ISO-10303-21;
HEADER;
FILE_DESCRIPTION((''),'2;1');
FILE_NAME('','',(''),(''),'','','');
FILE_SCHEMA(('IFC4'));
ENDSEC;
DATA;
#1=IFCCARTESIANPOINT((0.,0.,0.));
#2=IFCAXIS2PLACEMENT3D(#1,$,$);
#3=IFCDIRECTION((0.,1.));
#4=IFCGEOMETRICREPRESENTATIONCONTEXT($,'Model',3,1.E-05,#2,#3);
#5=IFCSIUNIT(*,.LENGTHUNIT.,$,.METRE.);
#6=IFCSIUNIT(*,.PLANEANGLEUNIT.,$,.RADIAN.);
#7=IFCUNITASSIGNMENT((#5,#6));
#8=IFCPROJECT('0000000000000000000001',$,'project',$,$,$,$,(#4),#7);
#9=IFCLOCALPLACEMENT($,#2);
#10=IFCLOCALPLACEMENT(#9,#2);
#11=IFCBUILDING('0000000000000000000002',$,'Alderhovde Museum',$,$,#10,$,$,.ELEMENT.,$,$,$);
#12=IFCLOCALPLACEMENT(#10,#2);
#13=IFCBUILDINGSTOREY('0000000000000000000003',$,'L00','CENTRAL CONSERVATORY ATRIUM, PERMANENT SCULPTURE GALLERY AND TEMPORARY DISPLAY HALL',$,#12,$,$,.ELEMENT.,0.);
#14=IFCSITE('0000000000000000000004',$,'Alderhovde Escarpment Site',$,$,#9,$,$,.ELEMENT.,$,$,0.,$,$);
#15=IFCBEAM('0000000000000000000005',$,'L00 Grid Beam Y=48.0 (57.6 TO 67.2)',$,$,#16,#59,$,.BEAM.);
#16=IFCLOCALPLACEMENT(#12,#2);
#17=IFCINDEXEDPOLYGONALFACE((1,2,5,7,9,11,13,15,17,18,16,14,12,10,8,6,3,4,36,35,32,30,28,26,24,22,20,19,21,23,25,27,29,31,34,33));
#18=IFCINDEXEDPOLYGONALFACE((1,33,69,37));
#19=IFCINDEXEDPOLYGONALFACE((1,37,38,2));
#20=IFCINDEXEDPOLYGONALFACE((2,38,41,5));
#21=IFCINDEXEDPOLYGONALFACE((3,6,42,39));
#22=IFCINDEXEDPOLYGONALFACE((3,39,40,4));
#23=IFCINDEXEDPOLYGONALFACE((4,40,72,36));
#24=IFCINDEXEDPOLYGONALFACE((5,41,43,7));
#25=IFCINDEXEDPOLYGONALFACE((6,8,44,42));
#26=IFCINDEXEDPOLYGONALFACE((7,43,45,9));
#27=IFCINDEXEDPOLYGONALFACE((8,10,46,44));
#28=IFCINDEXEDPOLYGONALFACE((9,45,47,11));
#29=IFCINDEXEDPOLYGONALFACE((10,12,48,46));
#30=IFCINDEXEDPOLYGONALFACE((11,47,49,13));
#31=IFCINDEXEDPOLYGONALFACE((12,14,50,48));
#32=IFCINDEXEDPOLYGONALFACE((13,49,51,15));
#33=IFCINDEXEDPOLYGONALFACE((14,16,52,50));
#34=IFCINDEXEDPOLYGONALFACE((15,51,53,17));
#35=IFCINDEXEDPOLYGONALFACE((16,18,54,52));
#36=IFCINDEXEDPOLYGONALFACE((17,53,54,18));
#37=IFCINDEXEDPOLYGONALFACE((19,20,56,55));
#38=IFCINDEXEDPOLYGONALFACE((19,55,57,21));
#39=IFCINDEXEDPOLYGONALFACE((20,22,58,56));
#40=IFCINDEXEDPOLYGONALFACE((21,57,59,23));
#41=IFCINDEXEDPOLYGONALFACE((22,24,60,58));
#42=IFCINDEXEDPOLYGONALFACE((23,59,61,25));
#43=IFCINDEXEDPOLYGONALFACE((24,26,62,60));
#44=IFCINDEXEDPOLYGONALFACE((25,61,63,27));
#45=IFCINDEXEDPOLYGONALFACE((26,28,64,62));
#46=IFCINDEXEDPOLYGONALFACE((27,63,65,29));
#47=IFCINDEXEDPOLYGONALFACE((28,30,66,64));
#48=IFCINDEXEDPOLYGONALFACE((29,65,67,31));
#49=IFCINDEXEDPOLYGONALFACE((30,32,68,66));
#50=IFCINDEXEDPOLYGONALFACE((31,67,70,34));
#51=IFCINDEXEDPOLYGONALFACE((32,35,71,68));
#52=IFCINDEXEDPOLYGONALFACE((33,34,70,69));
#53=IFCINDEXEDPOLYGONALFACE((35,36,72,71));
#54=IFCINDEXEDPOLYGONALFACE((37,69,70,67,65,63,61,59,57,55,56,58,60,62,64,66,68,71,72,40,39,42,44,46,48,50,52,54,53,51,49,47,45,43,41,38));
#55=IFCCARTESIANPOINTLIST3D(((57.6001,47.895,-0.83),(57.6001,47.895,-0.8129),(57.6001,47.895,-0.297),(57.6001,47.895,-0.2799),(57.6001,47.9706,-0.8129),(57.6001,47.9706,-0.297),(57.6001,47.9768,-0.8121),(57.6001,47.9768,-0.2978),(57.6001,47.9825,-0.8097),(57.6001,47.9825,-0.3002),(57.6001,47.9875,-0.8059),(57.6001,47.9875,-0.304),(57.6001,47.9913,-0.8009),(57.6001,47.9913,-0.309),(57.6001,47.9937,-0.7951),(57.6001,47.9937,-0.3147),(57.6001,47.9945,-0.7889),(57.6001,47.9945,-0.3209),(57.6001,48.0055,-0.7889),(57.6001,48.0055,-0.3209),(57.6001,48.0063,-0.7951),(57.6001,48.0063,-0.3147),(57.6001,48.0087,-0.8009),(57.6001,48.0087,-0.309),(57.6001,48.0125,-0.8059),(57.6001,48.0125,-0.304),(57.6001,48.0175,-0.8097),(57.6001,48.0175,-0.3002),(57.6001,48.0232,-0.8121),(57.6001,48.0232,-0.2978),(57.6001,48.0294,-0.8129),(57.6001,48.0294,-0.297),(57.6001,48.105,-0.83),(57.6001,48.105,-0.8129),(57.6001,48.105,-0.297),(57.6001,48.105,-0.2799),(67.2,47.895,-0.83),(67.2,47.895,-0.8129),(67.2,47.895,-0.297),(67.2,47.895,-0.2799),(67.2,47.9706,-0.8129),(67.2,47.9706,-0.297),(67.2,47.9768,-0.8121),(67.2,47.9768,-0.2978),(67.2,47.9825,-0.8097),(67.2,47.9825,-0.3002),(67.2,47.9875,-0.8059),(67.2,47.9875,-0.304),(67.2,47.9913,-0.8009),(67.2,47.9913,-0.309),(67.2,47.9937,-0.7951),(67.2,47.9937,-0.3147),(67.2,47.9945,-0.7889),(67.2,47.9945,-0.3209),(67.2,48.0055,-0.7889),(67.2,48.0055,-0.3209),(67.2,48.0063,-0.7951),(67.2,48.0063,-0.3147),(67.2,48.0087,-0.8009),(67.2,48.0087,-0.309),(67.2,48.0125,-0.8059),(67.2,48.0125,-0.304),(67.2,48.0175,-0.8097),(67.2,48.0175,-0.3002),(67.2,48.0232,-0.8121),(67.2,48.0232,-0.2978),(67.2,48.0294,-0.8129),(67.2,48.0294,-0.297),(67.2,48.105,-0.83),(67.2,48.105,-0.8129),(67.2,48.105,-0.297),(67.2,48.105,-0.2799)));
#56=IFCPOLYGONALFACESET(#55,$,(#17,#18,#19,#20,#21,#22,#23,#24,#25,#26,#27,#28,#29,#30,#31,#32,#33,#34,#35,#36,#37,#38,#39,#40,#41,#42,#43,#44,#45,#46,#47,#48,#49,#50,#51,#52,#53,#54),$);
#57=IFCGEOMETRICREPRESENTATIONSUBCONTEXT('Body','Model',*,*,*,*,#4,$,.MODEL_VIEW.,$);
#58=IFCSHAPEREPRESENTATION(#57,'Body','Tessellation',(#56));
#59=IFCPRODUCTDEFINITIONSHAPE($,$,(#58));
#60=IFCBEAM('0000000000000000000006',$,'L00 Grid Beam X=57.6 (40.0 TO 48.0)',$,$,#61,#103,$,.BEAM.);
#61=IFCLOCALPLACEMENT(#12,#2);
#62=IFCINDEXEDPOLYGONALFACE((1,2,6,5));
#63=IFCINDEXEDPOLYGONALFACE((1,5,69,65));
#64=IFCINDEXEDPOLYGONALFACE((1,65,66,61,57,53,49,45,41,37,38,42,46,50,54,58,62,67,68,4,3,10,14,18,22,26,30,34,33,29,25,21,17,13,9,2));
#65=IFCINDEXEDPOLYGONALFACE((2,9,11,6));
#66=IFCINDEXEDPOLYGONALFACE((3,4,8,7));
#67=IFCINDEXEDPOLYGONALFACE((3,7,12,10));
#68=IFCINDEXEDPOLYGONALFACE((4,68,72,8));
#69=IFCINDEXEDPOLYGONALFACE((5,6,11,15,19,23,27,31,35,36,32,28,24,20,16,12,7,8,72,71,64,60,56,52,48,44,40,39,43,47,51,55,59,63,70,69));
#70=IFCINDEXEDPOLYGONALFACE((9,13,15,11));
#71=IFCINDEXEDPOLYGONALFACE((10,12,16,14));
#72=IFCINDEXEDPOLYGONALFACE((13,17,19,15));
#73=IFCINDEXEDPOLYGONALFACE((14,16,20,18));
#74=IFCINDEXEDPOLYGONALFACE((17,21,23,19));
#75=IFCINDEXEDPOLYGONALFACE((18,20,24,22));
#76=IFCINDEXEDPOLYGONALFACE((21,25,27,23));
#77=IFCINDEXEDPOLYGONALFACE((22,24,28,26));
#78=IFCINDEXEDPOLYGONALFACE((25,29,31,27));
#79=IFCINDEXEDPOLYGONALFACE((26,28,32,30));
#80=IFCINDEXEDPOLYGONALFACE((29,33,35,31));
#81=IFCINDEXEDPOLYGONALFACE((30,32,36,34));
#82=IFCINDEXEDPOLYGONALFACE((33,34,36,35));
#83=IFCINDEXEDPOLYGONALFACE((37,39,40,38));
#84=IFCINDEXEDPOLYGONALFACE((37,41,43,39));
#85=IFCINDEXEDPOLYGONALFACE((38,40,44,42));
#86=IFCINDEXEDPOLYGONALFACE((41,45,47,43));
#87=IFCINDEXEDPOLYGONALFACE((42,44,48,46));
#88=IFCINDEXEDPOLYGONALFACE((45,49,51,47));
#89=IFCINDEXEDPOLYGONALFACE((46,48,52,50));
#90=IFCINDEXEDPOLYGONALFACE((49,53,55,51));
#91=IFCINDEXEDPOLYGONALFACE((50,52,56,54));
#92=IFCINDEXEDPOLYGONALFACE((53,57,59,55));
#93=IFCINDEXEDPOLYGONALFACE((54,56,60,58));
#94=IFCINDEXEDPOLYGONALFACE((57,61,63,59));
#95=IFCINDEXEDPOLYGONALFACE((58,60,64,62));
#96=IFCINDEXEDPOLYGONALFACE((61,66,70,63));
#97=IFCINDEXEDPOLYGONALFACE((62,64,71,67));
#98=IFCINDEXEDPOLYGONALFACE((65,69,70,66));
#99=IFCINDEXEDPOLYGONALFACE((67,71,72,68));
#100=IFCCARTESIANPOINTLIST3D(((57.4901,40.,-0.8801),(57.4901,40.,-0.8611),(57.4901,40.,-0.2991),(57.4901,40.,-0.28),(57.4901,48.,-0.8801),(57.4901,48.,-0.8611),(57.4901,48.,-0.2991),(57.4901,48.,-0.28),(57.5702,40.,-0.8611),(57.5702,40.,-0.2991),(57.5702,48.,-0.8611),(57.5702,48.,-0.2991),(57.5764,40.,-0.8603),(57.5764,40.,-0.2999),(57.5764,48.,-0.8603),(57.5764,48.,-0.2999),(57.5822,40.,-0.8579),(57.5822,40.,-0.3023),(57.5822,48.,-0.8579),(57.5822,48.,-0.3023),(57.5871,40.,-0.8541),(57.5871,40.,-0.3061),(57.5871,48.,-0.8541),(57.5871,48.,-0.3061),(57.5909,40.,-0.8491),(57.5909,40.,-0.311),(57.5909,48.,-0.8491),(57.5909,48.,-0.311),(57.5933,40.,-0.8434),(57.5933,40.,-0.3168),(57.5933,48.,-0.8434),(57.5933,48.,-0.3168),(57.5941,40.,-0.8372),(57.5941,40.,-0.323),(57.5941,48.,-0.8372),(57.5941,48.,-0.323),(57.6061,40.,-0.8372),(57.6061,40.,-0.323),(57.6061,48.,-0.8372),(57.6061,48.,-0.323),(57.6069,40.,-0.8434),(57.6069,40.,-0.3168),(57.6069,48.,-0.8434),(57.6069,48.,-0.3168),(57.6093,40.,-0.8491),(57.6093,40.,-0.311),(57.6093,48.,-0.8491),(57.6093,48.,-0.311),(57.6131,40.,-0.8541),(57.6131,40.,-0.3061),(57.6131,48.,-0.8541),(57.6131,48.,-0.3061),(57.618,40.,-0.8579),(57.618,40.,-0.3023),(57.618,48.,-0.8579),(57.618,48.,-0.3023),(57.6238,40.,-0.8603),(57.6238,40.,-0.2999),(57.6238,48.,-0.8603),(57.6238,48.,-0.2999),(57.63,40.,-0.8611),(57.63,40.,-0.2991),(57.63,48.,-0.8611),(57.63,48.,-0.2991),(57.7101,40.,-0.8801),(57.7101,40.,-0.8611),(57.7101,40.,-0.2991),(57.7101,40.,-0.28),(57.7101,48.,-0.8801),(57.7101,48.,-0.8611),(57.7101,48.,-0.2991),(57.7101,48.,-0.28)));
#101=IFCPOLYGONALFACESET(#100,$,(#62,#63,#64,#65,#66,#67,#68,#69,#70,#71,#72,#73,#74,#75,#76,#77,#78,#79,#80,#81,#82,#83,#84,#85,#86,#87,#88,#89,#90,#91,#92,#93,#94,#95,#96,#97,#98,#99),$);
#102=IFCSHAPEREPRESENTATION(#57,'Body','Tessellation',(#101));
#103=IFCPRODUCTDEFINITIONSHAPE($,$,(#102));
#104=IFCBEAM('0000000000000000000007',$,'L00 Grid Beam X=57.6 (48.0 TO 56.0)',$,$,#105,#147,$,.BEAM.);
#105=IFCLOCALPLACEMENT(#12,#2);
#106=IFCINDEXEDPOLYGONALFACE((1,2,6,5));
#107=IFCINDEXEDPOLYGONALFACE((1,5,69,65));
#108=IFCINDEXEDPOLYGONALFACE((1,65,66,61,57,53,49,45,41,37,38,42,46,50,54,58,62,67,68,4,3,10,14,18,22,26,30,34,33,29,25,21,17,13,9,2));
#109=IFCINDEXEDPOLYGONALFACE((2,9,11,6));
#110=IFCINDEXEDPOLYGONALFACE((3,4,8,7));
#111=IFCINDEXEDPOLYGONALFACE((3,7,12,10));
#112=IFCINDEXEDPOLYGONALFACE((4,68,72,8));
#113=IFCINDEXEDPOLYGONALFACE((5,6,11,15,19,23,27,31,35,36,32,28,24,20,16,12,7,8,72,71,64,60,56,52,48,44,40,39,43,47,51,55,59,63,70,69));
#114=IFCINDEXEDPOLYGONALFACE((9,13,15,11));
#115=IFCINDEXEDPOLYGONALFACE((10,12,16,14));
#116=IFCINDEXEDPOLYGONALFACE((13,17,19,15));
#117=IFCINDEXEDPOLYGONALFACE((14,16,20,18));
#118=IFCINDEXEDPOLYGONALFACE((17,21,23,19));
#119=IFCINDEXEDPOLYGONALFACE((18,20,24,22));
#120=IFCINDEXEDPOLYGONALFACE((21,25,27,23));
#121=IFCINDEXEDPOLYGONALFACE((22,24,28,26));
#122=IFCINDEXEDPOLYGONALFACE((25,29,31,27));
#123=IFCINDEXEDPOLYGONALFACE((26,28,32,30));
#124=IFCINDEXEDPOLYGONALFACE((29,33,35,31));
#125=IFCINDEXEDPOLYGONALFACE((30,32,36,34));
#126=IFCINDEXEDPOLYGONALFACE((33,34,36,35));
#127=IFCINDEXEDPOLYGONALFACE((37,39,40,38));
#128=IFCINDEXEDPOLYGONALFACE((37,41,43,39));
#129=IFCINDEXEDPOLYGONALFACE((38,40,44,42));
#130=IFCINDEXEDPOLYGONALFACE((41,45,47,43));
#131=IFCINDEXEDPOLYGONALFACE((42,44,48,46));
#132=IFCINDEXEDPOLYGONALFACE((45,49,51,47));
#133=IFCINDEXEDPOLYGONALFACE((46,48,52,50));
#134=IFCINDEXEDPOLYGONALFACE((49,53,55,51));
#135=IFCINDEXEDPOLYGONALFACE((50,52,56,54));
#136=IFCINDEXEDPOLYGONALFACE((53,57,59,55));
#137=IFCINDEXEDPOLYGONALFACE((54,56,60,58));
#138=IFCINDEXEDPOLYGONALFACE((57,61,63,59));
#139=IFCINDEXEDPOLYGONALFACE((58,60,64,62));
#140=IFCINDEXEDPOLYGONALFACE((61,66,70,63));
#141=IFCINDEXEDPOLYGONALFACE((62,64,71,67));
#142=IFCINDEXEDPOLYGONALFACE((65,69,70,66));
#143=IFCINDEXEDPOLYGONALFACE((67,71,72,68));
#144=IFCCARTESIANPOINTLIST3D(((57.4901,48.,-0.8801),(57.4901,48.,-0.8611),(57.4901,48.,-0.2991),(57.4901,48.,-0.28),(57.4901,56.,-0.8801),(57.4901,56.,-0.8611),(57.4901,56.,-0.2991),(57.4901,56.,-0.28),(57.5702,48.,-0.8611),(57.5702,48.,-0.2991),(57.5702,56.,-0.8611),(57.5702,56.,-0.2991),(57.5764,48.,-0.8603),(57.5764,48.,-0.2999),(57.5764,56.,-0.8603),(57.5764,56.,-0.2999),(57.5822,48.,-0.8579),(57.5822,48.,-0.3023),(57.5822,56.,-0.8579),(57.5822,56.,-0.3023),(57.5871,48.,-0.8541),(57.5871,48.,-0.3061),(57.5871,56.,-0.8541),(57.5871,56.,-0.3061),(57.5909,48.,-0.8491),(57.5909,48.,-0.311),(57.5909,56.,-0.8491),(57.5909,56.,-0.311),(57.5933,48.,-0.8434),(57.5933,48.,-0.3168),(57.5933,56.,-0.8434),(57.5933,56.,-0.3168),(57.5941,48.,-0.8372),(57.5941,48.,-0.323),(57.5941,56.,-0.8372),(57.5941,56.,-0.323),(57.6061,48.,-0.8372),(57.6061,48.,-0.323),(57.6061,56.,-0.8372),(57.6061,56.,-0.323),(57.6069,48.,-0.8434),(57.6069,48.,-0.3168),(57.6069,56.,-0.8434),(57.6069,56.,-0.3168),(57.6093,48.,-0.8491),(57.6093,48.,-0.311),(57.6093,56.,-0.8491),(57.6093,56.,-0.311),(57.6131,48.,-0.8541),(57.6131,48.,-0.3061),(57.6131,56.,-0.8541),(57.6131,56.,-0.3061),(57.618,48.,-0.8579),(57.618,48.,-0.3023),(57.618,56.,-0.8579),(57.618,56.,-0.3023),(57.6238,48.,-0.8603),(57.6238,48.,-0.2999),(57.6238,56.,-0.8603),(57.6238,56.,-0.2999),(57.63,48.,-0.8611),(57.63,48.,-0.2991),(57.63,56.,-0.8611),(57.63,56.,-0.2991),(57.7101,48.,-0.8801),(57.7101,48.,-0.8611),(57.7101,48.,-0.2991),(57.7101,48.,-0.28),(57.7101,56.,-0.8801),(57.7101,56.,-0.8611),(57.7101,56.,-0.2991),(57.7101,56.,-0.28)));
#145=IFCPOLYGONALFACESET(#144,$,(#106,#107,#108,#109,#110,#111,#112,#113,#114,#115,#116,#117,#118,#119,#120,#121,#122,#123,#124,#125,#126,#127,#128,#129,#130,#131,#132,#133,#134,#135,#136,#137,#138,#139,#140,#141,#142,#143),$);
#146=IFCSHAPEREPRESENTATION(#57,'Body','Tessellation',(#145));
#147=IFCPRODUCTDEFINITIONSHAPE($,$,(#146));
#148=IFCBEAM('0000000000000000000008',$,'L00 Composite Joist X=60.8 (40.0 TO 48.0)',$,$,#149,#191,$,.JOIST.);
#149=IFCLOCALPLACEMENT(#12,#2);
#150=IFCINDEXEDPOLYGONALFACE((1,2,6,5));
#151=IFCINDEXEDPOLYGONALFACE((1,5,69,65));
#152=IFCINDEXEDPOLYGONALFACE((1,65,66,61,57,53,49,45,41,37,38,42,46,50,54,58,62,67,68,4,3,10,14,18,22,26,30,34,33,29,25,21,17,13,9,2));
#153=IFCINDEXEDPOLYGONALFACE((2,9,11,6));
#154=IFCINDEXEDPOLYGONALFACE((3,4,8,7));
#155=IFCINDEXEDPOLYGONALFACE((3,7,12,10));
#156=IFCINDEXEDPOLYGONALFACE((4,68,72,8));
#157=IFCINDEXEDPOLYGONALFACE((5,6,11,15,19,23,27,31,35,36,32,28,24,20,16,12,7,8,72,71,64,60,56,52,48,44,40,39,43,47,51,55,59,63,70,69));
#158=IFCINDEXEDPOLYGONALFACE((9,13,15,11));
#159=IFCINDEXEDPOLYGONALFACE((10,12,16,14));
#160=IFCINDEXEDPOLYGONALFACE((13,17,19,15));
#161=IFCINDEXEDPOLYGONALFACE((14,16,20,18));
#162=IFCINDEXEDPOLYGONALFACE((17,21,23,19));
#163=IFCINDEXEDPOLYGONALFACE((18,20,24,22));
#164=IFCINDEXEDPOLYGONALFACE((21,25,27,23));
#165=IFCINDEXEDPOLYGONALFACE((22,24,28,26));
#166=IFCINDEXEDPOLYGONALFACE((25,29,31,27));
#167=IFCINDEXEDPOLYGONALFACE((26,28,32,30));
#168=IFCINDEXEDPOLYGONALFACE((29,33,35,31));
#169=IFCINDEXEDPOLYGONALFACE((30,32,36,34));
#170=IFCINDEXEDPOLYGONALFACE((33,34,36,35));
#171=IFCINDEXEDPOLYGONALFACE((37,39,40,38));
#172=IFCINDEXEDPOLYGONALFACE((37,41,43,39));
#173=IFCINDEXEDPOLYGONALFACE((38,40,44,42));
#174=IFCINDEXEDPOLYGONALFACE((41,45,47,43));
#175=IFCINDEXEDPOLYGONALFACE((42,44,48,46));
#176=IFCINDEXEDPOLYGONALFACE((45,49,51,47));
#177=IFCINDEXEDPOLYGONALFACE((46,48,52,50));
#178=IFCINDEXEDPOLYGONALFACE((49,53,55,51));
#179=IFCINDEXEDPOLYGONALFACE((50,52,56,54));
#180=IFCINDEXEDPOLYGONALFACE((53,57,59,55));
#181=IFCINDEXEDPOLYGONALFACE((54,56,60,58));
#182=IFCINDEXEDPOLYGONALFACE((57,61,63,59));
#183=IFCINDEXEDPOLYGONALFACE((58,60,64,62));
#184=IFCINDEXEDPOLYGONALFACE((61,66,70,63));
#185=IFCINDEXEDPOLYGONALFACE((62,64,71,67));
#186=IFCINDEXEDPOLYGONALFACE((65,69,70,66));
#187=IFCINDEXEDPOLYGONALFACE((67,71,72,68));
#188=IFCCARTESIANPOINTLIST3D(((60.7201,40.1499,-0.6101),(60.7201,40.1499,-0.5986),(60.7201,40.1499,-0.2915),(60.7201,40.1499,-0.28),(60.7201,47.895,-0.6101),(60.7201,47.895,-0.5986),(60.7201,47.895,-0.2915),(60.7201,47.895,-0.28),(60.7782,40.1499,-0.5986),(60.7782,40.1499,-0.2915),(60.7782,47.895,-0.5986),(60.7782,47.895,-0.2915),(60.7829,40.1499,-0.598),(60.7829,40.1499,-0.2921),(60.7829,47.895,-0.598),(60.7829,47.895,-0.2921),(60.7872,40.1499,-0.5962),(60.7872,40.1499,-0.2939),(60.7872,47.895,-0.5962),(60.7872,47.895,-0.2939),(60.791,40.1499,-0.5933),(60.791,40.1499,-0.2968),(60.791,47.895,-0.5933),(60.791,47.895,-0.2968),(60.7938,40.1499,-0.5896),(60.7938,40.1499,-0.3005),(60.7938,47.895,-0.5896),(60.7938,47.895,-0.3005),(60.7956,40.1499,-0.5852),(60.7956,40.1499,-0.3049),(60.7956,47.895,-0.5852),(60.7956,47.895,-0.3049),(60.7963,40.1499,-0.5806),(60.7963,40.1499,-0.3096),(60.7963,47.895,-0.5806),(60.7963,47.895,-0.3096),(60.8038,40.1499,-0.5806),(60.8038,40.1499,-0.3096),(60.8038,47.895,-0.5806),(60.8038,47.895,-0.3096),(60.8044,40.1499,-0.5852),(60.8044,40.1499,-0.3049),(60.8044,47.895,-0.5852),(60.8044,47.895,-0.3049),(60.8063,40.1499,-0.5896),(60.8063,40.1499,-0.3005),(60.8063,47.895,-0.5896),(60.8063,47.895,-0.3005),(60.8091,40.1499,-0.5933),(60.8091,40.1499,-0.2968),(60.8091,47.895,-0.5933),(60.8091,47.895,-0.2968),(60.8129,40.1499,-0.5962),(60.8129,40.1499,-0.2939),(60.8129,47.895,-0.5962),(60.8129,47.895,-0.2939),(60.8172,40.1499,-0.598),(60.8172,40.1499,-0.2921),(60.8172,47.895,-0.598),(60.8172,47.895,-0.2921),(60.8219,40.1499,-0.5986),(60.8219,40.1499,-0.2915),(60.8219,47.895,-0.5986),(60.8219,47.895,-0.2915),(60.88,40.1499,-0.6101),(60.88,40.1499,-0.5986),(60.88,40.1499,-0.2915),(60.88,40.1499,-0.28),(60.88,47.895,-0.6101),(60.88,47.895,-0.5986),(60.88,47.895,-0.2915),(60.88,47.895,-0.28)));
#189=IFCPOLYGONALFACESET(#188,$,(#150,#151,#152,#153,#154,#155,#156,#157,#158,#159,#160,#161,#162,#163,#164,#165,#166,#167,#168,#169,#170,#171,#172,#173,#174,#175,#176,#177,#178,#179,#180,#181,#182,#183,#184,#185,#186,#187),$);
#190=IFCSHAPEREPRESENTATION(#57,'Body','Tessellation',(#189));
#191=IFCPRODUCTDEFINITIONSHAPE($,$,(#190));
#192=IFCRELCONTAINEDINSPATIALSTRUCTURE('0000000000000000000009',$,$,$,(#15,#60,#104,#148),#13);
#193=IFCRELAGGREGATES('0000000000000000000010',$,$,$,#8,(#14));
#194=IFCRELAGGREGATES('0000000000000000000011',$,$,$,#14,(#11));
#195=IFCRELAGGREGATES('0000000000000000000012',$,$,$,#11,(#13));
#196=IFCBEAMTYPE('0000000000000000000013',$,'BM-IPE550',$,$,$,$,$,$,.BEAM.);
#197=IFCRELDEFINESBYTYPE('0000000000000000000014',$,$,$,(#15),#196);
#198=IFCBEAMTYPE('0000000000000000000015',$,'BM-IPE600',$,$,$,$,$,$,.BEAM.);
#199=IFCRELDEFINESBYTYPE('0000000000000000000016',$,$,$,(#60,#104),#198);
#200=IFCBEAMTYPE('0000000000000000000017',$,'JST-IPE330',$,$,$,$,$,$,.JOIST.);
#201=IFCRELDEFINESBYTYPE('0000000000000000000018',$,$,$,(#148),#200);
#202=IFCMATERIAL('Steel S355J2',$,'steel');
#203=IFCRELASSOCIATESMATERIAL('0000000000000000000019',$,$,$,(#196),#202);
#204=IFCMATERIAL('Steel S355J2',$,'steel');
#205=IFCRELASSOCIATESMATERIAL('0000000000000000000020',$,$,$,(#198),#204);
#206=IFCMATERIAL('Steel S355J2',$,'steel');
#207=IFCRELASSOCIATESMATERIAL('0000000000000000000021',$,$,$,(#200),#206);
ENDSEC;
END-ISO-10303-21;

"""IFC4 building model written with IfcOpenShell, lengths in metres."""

from ifc_helpers import new_model, si_unit, direction, frame, origin, origin_2d, place, context, subcontext, project, spatial, i_section, extrude, material, material_profile, profile_set, type_object, element, save


model = new_model("IFC4")

# Units and contexts
model_context = context("Model", 3, precision=1e-05, world=origin(), true_north=direction((0.0, 1.0)))
body_context = subcontext(model_context, "Body", "Model", "MODEL_VIEW")
ifc_project = project(units=[si_unit("LENGTHUNIT", "METRE"), si_unit("PLANEANGLEUNIT", "RADIAN")], contexts=[model_context])

# Site, building, storey
site_placement = place(None, origin())
site = spatial("IfcSite", under=ifc_project, at=site_placement, Name="Alderhovde Escarpment Site", CompositionType="ELEMENT", RefElevation=0.0)
building_placement = place(site_placement, origin())
building = spatial("IfcBuilding", under=site, at=building_placement, Name="Alderhovde Museum", CompositionType="ELEMENT")
storey_placement = place(building_placement, origin())
storey = spatial("IfcBuildingStorey", under=building, at=storey_placement, Name="L00", Description="CENTRAL CONSERVATORY ATRIUM, PERMANENT SCULPTURE GALLERY AND TEMPORARY DISPLAY HALL", CompositionType="ELEMENT", Elevation=0.0)

# Beams
ifc_material_1 = material(Name="Steel S355J2", Category="steel")
ifc_material_profile_1 = material_profile(ifc_material_1, i_section(OverallWidth=0.21, OverallDepth=0.55, WebThickness=0.011, FlangeThickness=0.0171, FilletRadius=0.0239, at=origin_2d()), Name="IPE 550")
ifc_profile_set_1 = profile_set([ifc_material_profile_1], Name="Steel S355J2")
beam_type_1 = type_object("IfcBeamType", Name="BM-IPE550", PredefinedType="BEAM", material=ifc_profile_set_1)
beam_1_placement = place(storey_placement, frame((57.6001, 48.0, -0.5549), z_axis=(1.0, 0.0, 0.0), x_axis=(0.0, 1.0, 0.0)))
element("IfcBeam", 1, at=beam_1_placement, inside=storey, type_object=beam_type_1, Name="L00 Grid Beam Y=48.0 (57.6 TO 67.2)", PredefinedType="BEAM", context=body_context, shape_type="SweptSolid", body=[
    extrude(i_section(OverallWidth=0.21, OverallDepth=0.55, WebThickness=0.011, FlangeThickness=0.0171, FilletRadius=0.0239, at=origin_2d()), origin(), (0.0, 0.0, 1.0), 9.5999),
])
ifc_material_2 = material(Name="Steel S355J2", Category="steel")
ifc_material_profile_2 = material_profile(ifc_material_2, i_section(OverallWidth=0.22, OverallDepth=0.6001, WebThickness=0.012, FlangeThickness=0.019, FilletRadius=0.0239, at=origin_2d()), Name="IPE 600")
ifc_profile_set_2 = profile_set([ifc_material_profile_2], Name="Steel S355J2")
beam_type_2 = type_object("IfcBeamType", Name="BM-IPE600", PredefinedType="BEAM", material=ifc_profile_set_2)
for number, where, z_axis, x_axis, name in (
    (2, (57.6001, 40.0, -0.5801), (0.0, 1.0, 0.0), (-1.0, 0.0, 0.0), "L00 Grid Beam X=57.6 (40.0 TO 48.0)"),
    (3, (57.6001, 48.0, -0.5801), (0.0, 1.0, 0.0), (-1.0, 0.0, 0.0), "L00 Grid Beam X=57.6 (48.0 TO 56.0)"),
):
    element("IfcBeam", number, at=place(storey_placement, frame(where, z_axis=z_axis, x_axis=x_axis)), inside=storey, type_object=beam_type_2, Name=name, PredefinedType="BEAM", context=body_context, shape_type="SweptSolid", body=[
        extrude(i_section(OverallWidth=0.22, OverallDepth=0.6001, WebThickness=0.012, FlangeThickness=0.019, FilletRadius=0.0239, at=origin_2d()), origin(), (0.0, 0.0, 1.0), 8.0),
    ])
ifc_material_3 = material(Name="Steel S355J2", Category="steel")
ifc_material_profile_3 = material_profile(ifc_material_3, i_section(OverallWidth=0.1599, OverallDepth=0.3301, WebThickness=0.0076, FlangeThickness=0.0115, FilletRadius=0.0181, at=origin_2d()), Name="IPE 330")
ifc_profile_set_3 = profile_set([ifc_material_profile_3], Name="Steel S355J2")
beam_type_3 = type_object("IfcBeamType", Name="JST-IPE330", PredefinedType="JOIST", material=ifc_profile_set_3)
for number, where, z_axis, x_axis, name in (
    (4, (60.8, 40.1499, -0.4451), (0.0, 1.0, 0.0), (-1.0, 0.0, 0.0), "L00 Composite Joist X=60.8 (40.0 TO 48.0)"),
):
    element("IfcBeam", number, at=place(storey_placement, frame(where, z_axis=z_axis, x_axis=x_axis)), inside=storey, type_object=beam_type_3, Name=name, PredefinedType="JOIST", context=body_context, shape_type="SweptSolid", body=[
        extrude(i_section(OverallWidth=0.1599, OverallDepth=0.3301, WebThickness=0.0076, FlangeThickness=0.0115, FilletRadius=0.0181, at=origin_2d()), origin(), (0.0, 0.0, 1.0), 7.7451),
    ])

save(model, "model.ifc")
